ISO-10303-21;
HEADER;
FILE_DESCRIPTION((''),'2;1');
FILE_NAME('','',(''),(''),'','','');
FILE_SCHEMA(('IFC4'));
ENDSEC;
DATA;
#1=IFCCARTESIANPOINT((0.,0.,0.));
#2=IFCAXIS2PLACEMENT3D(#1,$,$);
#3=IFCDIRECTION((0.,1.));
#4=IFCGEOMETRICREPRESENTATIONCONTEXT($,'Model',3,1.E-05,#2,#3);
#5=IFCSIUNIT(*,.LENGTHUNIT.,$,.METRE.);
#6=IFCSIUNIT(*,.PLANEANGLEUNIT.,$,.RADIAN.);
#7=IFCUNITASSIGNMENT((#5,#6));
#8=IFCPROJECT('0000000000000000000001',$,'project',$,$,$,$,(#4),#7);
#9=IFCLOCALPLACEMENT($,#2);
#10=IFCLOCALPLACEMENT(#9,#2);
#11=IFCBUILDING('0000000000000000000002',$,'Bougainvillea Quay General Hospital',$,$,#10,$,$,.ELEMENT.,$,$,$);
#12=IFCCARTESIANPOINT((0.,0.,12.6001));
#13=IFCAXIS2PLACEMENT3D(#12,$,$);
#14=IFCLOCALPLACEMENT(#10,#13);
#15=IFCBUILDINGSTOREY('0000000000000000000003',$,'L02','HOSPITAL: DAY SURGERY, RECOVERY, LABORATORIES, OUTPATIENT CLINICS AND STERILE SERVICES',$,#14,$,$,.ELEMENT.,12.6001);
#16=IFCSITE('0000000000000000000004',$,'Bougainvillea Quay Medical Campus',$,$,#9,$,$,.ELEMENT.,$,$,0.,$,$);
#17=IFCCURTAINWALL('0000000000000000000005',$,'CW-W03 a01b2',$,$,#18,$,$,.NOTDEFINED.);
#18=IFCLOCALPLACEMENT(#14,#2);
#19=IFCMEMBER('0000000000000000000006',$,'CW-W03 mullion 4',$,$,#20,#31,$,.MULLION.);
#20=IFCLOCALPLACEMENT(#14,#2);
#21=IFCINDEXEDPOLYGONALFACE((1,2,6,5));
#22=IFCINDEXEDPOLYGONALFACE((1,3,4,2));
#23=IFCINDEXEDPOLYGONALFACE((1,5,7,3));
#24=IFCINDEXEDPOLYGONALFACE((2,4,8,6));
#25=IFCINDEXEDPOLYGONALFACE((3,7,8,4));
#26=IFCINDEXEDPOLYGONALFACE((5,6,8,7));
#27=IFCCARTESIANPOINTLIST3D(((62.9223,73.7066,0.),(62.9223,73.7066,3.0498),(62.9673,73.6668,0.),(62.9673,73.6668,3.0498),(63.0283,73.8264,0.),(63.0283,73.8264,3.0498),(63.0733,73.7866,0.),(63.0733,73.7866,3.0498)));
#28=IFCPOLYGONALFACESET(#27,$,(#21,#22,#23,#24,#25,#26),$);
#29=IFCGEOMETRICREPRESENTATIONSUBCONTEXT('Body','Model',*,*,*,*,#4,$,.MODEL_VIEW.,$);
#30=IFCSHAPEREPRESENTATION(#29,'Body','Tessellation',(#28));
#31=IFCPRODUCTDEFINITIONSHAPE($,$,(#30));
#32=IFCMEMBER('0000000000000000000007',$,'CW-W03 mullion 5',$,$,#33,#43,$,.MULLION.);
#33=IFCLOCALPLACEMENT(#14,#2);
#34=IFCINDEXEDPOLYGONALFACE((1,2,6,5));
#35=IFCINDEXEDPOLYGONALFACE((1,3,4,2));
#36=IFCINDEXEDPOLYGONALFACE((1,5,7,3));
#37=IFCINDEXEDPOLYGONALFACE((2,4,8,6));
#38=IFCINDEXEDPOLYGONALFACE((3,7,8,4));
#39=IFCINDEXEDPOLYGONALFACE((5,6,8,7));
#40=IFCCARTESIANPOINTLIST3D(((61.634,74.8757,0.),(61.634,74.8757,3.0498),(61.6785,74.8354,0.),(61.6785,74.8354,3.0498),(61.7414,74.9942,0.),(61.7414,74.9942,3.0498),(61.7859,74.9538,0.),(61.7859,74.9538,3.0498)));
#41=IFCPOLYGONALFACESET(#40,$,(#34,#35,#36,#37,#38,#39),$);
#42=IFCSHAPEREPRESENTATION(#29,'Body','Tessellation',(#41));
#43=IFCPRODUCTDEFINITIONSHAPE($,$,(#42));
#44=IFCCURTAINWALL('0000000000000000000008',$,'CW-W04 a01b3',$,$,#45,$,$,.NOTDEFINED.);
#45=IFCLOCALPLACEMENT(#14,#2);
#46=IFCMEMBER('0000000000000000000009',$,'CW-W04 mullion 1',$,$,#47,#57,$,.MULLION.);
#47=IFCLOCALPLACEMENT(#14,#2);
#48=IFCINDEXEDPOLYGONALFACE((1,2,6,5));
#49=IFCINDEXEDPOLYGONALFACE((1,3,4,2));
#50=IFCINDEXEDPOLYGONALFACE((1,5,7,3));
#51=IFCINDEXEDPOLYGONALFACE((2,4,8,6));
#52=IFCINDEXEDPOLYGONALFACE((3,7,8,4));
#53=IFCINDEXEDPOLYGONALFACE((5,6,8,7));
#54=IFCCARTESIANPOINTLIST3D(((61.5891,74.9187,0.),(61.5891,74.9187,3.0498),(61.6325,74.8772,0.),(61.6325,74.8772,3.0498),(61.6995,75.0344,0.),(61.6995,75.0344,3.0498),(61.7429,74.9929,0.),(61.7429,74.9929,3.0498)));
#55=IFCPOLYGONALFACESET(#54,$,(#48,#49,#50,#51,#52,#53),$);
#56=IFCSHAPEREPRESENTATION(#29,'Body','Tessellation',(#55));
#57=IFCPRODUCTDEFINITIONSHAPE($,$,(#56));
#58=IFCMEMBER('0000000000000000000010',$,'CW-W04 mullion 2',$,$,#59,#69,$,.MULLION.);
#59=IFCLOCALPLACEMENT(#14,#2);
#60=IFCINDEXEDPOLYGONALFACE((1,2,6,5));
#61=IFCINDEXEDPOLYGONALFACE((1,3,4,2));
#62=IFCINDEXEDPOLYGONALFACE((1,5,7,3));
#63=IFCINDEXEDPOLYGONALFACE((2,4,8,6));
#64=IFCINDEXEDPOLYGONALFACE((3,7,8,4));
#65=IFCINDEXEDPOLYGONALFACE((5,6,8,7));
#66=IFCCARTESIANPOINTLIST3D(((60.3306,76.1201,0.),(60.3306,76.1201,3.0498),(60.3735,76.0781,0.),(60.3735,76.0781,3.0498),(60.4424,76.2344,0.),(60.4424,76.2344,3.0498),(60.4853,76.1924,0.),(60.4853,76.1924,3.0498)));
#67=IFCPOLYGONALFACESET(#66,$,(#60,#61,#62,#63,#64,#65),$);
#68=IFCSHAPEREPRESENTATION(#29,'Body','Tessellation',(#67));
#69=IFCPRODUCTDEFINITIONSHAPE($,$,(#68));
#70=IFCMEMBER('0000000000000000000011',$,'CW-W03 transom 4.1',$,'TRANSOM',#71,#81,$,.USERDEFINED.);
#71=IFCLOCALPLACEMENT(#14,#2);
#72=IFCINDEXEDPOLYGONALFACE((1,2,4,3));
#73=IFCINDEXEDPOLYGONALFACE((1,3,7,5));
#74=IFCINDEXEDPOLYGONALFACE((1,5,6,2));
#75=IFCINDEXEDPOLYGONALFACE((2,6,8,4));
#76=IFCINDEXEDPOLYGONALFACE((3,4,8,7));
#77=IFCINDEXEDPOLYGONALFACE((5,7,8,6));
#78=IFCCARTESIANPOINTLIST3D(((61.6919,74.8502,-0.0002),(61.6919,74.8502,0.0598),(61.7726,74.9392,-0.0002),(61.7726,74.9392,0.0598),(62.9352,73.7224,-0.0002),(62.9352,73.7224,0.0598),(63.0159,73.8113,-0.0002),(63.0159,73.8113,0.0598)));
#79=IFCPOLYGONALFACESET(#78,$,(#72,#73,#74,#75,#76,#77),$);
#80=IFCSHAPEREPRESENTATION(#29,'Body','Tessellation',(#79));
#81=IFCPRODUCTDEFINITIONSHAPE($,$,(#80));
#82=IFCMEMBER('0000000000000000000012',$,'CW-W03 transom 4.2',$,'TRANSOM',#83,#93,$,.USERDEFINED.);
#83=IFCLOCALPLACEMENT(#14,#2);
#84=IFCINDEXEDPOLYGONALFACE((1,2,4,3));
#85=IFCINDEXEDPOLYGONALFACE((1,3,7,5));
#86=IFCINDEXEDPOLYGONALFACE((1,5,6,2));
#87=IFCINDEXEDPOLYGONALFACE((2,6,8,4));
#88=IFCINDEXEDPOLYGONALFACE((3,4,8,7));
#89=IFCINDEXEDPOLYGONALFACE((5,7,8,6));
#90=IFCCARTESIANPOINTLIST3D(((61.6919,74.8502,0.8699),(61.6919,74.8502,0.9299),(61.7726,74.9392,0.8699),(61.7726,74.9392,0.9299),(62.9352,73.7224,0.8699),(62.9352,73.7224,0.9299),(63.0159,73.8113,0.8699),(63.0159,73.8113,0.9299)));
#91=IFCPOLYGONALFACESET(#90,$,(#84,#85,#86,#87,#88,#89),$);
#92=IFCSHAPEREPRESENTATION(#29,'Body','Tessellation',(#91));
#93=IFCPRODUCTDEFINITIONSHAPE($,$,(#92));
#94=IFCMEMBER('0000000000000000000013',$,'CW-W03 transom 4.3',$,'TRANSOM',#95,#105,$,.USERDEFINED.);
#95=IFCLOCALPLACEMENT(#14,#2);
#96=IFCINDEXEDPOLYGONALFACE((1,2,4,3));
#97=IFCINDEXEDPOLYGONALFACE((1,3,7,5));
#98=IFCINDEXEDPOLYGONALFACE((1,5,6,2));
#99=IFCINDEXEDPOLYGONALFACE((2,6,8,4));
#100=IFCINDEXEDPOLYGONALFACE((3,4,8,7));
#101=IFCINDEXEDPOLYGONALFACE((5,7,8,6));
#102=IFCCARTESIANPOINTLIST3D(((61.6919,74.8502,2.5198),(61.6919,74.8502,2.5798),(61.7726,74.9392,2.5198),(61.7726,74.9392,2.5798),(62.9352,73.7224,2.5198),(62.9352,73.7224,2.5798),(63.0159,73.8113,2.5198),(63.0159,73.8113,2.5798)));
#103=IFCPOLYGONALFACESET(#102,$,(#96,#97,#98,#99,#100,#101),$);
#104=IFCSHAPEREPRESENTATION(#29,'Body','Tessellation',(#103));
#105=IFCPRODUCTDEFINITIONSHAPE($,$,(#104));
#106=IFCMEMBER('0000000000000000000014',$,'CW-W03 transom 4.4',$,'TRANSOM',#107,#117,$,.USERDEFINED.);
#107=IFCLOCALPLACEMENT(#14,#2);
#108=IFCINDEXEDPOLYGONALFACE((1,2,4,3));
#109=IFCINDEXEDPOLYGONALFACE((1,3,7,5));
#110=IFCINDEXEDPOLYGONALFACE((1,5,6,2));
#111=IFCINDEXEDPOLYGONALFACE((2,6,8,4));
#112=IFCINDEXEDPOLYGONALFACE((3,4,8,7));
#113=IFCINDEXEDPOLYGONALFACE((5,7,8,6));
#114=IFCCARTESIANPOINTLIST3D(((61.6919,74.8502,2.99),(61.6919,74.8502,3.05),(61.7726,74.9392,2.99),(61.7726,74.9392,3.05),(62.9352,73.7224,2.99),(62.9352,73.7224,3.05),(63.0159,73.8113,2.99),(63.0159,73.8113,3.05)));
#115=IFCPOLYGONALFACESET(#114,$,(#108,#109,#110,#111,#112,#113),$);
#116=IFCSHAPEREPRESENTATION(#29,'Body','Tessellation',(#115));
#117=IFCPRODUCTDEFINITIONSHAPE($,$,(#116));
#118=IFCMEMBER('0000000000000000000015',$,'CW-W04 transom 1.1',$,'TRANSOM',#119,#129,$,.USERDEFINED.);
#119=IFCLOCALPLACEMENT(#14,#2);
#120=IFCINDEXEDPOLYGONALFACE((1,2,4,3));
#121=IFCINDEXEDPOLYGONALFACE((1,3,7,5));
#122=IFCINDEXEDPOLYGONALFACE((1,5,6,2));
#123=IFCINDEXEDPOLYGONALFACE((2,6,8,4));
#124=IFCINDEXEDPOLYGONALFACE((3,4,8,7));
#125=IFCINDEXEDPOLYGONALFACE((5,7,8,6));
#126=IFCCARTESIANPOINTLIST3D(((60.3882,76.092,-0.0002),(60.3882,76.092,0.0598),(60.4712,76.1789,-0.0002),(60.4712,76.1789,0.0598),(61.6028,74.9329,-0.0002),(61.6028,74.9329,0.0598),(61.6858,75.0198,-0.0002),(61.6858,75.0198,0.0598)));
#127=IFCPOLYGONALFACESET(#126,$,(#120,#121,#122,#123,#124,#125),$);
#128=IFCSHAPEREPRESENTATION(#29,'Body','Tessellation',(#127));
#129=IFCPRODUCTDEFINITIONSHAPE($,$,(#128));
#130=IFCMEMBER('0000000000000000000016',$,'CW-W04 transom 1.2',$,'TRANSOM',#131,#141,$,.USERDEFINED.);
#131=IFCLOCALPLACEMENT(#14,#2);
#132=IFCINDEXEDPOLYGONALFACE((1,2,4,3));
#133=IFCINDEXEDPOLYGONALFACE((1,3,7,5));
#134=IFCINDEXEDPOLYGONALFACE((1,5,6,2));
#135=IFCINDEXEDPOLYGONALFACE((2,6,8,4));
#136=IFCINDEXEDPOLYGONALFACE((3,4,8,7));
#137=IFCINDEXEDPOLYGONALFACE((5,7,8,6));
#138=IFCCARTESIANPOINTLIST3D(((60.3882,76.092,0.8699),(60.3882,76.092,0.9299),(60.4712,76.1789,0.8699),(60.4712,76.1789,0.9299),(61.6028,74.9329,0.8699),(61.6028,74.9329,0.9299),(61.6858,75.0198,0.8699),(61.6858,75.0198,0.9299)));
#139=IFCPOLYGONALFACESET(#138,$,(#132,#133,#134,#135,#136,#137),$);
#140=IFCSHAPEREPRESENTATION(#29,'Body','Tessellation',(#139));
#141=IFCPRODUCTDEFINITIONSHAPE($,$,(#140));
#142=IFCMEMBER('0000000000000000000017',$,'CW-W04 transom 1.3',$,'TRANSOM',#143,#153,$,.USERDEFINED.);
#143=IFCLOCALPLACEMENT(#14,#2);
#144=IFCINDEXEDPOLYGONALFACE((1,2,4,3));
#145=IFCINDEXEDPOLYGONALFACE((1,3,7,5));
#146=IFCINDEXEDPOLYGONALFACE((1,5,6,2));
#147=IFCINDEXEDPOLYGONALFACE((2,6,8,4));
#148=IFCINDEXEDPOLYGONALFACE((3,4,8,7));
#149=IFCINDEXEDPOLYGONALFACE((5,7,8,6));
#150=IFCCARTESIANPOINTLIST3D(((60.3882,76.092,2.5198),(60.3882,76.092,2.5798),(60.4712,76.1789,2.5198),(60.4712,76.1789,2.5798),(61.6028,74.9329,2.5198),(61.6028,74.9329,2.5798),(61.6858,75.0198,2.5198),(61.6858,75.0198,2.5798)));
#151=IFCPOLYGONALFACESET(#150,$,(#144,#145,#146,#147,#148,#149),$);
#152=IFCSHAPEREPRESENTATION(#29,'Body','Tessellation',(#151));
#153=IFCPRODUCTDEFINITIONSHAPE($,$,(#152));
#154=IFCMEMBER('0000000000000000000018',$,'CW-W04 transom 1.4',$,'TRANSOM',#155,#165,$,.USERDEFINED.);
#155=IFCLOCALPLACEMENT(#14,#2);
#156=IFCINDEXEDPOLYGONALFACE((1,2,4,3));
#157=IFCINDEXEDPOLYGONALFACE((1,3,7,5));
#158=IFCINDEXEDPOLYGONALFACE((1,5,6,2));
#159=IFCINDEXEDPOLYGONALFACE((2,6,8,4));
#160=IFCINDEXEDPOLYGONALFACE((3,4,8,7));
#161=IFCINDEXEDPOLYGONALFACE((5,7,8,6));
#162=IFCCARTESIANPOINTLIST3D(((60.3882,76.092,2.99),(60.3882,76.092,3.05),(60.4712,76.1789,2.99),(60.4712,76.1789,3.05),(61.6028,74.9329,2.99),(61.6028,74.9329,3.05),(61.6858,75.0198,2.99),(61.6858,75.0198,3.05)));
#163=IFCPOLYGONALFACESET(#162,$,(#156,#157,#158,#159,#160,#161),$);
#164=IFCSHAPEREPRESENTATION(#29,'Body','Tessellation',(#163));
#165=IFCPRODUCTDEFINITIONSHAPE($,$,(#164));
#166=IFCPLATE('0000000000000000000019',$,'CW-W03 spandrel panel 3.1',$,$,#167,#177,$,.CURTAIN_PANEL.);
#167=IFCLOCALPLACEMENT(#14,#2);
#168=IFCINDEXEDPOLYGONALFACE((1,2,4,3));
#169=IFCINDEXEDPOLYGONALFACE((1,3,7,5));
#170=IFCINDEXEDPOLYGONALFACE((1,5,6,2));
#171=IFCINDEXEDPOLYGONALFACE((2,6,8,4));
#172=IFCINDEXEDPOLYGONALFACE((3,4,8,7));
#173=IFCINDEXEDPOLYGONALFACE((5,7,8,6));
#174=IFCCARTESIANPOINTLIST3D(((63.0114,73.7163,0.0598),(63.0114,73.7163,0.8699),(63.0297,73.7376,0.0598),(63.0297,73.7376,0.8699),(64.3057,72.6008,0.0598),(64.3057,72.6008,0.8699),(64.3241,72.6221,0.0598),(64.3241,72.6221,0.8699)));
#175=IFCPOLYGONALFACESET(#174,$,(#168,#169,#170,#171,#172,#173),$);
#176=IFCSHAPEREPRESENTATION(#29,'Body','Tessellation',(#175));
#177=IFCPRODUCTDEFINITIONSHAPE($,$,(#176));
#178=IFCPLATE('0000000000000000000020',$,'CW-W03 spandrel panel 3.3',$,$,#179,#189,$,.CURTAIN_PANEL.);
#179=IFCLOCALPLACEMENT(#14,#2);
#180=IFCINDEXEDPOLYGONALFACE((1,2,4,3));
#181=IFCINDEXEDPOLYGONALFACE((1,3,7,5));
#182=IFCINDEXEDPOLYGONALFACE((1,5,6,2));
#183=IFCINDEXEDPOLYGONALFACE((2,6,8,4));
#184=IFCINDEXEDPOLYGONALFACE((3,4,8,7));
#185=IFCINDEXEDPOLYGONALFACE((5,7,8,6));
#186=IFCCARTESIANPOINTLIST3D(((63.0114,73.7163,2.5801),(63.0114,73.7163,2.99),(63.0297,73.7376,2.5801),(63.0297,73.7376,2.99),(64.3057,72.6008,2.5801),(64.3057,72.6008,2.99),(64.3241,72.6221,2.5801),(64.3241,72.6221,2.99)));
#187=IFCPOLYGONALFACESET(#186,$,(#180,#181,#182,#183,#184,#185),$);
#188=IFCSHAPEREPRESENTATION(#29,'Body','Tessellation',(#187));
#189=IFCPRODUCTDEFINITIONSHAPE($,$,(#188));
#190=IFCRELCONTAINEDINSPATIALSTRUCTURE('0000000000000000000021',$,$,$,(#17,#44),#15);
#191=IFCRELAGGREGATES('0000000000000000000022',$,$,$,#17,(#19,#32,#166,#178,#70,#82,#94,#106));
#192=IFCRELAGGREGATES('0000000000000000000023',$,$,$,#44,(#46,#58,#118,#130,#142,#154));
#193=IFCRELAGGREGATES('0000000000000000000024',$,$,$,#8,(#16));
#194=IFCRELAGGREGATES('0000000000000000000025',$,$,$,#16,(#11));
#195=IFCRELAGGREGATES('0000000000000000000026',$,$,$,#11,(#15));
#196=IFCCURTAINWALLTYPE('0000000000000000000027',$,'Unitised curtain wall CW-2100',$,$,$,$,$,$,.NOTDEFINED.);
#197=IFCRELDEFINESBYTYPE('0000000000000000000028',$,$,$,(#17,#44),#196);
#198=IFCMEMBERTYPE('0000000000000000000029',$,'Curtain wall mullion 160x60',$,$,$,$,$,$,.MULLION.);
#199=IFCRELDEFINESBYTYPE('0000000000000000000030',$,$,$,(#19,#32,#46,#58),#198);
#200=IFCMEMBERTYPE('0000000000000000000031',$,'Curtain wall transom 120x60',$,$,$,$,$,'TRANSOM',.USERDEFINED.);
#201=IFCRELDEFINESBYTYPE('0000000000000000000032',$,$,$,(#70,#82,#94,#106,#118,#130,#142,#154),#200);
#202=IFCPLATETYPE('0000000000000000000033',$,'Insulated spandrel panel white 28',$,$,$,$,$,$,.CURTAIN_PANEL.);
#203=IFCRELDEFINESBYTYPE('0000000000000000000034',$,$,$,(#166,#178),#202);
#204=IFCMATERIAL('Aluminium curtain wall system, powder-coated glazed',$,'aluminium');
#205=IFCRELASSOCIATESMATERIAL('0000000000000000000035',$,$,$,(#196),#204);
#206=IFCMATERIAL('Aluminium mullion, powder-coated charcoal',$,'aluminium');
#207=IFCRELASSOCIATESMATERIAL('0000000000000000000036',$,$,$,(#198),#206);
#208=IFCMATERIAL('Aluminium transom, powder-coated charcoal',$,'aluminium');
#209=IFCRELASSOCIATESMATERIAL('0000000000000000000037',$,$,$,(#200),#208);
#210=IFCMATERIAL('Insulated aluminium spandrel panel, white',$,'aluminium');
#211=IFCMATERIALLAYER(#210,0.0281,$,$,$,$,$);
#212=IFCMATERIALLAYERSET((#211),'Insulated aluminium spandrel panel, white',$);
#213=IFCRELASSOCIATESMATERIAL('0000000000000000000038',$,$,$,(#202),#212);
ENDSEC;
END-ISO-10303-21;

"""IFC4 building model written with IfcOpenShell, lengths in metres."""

from ifc_helpers import new_model, si_unit, direction, frame, origin, origin_2d, place, context, subcontext, project, spatial, rectangle, extrude, material, layer, layer_set, material_profile, profile_set, type_object, element, aggregate, save


model = new_model("IFC4")

# Units and contexts
model_context = context("Model", 3, precision=1e-05, world=origin(), true_north=direction((0.0, 1.0)))
body_context = subcontext(model_context, "Body", "Model", "MODEL_VIEW")
ifc_project = project(units=[si_unit("LENGTHUNIT", "METRE"), si_unit("PLANEANGLEUNIT", "RADIAN")], contexts=[model_context])

# Site, building, storey
site_placement = place(None, origin())
site = spatial("IfcSite", under=ifc_project, at=site_placement, Name="Bougainvillea Quay Medical Campus", CompositionType="ELEMENT", RefElevation=0.0)
building_placement = place(site_placement, origin())
building = spatial("IfcBuilding", under=site, at=building_placement, Name="Bougainvillea Quay General Hospital", CompositionType="ELEMENT")
storey_placement = place(building_placement, frame((0.0, 0.0, 12.6001)))
storey = spatial("IfcBuildingStorey", under=building, at=storey_placement, Name="L02", Description="HOSPITAL: DAY SURGERY, RECOVERY, LABORATORIES, OUTPATIENT CLINICS AND STERILE SERVICES", CompositionType="ELEMENT", Elevation=12.6001)

# Curtain walls, members
ifc_material_1 = material(Name="Aluminium curtain wall system, powder-coated glazed", Category="aluminium")
curtain_wall_type = type_object("IfcCurtainWallType", Name="Unitised curtain wall CW-2100", PredefinedType="NOTDEFINED", material=ifc_material_1)
curtain_wall_1_placement = place(storey_placement, origin())
curtain_wall_1 = element("IfcCurtainWall", 1, at=curtain_wall_1_placement, inside=storey, type_object=curtain_wall_type, Name="CW-W03 a01b2", PredefinedType="NOTDEFINED")
ifc_material_2 = material(Name="Aluminium mullion, powder-coated charcoal", Category="aluminium")
ifc_material_profile_1 = material_profile(ifc_material_2, rectangle(XDim=0.1599, YDim=0.0601, at=origin_2d()))
ifc_profile_set_1 = profile_set([ifc_material_profile_1], Name="Aluminium mullion, powder-coated charcoal")
member_type_1 = type_object("IfcMemberType", Name="Curtain wall mullion 160x60", PredefinedType="MULLION", material=ifc_profile_set_1)
member_1_placement = place(storey_placement, frame((62.9978, 73.7466, 0.0), z_axis=(0.0, 0.0, 1.0), x_axis=(-0.662398, -0.749152, 0.0)))
member_1 = element("IfcMember", 2, at=member_1_placement, type_object=member_type_1, Name="CW-W03 mullion 4", PredefinedType="MULLION", context=body_context, shape_type="SweptSolid", body=[
    extrude(rectangle(XDim=0.1599, YDim=0.0601, at=origin_2d()), origin(), (0.0, 0.0, 1.0), 3.0498),
])
member_2_placement = place(storey_placement, frame((61.71, 74.9148, 0.0), z_axis=(0.0, 0.0, 1.0), x_axis=(-0.671843, -0.740693, 0.0)))
member_2 = element("IfcMember", 3, at=member_2_placement, type_object=member_type_1, Name="CW-W03 mullion 5", PredefinedType="MULLION", context=body_context, shape_type="SweptSolid", body=[
    extrude(rectangle(XDim=0.1599, YDim=0.0601, at=origin_2d()), origin(), (0.0, 0.0, 1.0), 3.0498),
])
curtain_wall_2_placement = place(storey_placement, origin())
curtain_wall_2 = element("IfcCurtainWall", 4, at=curtain_wall_2_placement, inside=storey, type_object=curtain_wall_type, Name="CW-W04 a01b3", PredefinedType="NOTDEFINED")
member_3_placement = place(storey_placement, frame((61.666, 74.9558, 0.0), z_axis=(0.0, 0.0, 1.0), x_axis=(-0.690409, -0.723419, 0.0)))
member_3 = element("IfcMember", 5, at=member_3_placement, type_object=member_type_1, Name="CW-W04 mullion 1", PredefinedType="MULLION", context=body_context, shape_type="SweptSolid", body=[
    extrude(rectangle(XDim=0.1599, YDim=0.0601, at=origin_2d()), origin(), (0.0, 0.0, 1.0), 3.0498),
])
member_4_placement = place(storey_placement, frame((60.408, 76.1562, 0.0), z_axis=(0.0, 0.0, 1.0), x_axis=(-0.699526, -0.714607, 0.0)))
member_4 = element("IfcMember", 6, at=member_4_placement, type_object=member_type_1, Name="CW-W04 mullion 2", PredefinedType="MULLION", context=body_context, shape_type="SweptSolid", body=[
    extrude(rectangle(XDim=0.1599, YDim=0.0601, at=origin_2d()), origin(), (0.0, 0.0, 1.0), 3.0498),
])

# Members
ifc_material_3 = material(Name="Aluminium transom, powder-coated charcoal", Category="aluminium")
ifc_material_profile_2 = material_profile(ifc_material_3, rectangle(XDim=0.1201, YDim=0.0601, at=origin_2d()))
ifc_profile_set_2 = profile_set([ifc_material_profile_2], Name="Aluminium transom, powder-coated charcoal")
member_type_2 = type_object("IfcMemberType", Name="Curtain wall transom 120x60", ElementType="TRANSOM", PredefinedType="USERDEFINED", material=ifc_profile_set_2)
member_5_placement = place(storey_placement, frame((62.9756, 73.7668, 0.0298), z_axis=(-0.740663, 0.671876, 0.0), x_axis=(-0.671876, -0.740663, 0.0)))
member_5 = element("IfcMember", 7, at=member_5_placement, type_object=member_type_2, Name="CW-W03 transom 4.1", ObjectType="TRANSOM", PredefinedType="USERDEFINED", context=body_context, shape_type="SweptSolid", body=[
    extrude(rectangle(XDim=0.1201, YDim=0.0601, at=origin_2d()), origin(), (0.0, 0.0, 1.0), 1.6787),
])
member_6_placement = place(storey_placement, frame((62.9756, 73.7668, 0.8999), z_axis=(-0.740663, 0.671876, 0.0), x_axis=(-0.671876, -0.740663, 0.0)))
member_6 = element("IfcMember", 8, at=member_6_placement, type_object=member_type_2, Name="CW-W03 transom 4.2", ObjectType="TRANSOM", PredefinedType="USERDEFINED", context=body_context, shape_type="SweptSolid", body=[
    extrude(rectangle(XDim=0.1201, YDim=0.0601, at=origin_2d()), origin(), (0.0, 0.0, 1.0), 1.6787),
])
member_7_placement = place(storey_placement, frame((62.9756, 73.7668, 2.5498), z_axis=(-0.740663, 0.671876, 0.0), x_axis=(-0.671876, -0.740663, 0.0)))
member_7 = element("IfcMember", 9, at=member_7_placement, type_object=member_type_2, Name="CW-W03 transom 4.3", ObjectType="TRANSOM", PredefinedType="USERDEFINED", context=body_context, shape_type="SweptSolid", body=[
    extrude(rectangle(XDim=0.1201, YDim=0.0601, at=origin_2d()), origin(), (0.0, 0.0, 1.0), 1.6787),
])
member_8_placement = place(storey_placement, frame((62.9756, 73.7668, 3.02), z_axis=(-0.740663, 0.671876, 0.0), x_axis=(-0.671876, -0.740663, 0.0)))
member_8 = element("IfcMember", 10, at=member_8_placement, type_object=member_type_2, Name="CW-W03 transom 4.4", ObjectType="TRANSOM", PredefinedType="USERDEFINED", context=body_context, shape_type="SweptSolid", body=[
    extrude(rectangle(XDim=0.1201, YDim=0.0601, at=origin_2d()), origin(), (0.0, 0.0, 1.0), 1.6787),
])
member_9_placement = place(storey_placement, frame((61.6443, 74.9763, 0.0298), z_axis=(-0.723418, 0.69041, 0.0), x_axis=(-0.69041, -0.723418, 0.0)))
member_9 = element("IfcMember", 11, at=member_9_placement, type_object=member_type_2, Name="CW-W04 transom 1.1", ObjectType="TRANSOM", PredefinedType="USERDEFINED", context=body_context, shape_type="SweptSolid", body=[
    extrude(rectangle(XDim=0.1201, YDim=0.0601, at=origin_2d()), origin(), (0.0, 0.0, 1.0), 1.679),
])
member_10_placement = place(storey_placement, frame((61.6443, 74.9763, 0.8999), z_axis=(-0.723418, 0.69041, 0.0), x_axis=(-0.69041, -0.723418, 0.0)))
member_10 = element("IfcMember", 12, at=member_10_placement, type_object=member_type_2, Name="CW-W04 transom 1.2", ObjectType="TRANSOM", PredefinedType="USERDEFINED", context=body_context, shape_type="SweptSolid", body=[
    extrude(rectangle(XDim=0.1201, YDim=0.0601, at=origin_2d()), origin(), (0.0, 0.0, 1.0), 1.679),
])
member_11_placement = place(storey_placement, frame((61.6443, 74.9763, 2.5498), z_axis=(-0.723418, 0.69041, 0.0), x_axis=(-0.69041, -0.723418, 0.0)))
member_11 = element("IfcMember", 13, at=member_11_placement, type_object=member_type_2, Name="CW-W04 transom 1.3", ObjectType="TRANSOM", PredefinedType="USERDEFINED", context=body_context, shape_type="SweptSolid", body=[
    extrude(rectangle(XDim=0.1201, YDim=0.0601, at=origin_2d()), origin(), (0.0, 0.0, 1.0), 1.679),
])
member_12_placement = place(storey_placement, frame((61.6443, 74.9763, 3.02), z_axis=(-0.723418, 0.69041, 0.0), x_axis=(-0.69041, -0.723418, 0.0)))
member_12 = element("IfcMember", 14, at=member_12_placement, type_object=member_type_2, Name="CW-W04 transom 1.4", ObjectType="TRANSOM", PredefinedType="USERDEFINED", context=body_context, shape_type="SweptSolid", body=[
    extrude(rectangle(XDim=0.1201, YDim=0.0601, at=origin_2d()), origin(), (0.0, 0.0, 1.0), 1.679),
])

# Plates
ifc_material_4 = material(Name="Insulated aluminium spandrel panel, white", Category="aluminium")
ifc_layer_1 = layer(ifc_material_4, 0.0281)
ifc_layer_set_1 = layer_set([ifc_layer_1], Name="Insulated aluminium spandrel panel, white")
plate_type_1 = type_object("IfcPlateType", Name="Insulated spandrel panel white 28", PredefinedType="CURTAIN_PANEL", material=ifc_layer_set_1)
plate_1_placement = place(storey_placement, frame((63.6677, 73.1692, 0.0598), z_axis=(0.0, 0.0, 1.0), x_axis=(-0.757491, 0.652846, 0.0)))
plate_1 = element("IfcPlate", 15, at=plate_1_placement, type_object=plate_type_1, Name="CW-W03 spandrel panel 3.1", PredefinedType="CURTAIN_PANEL", context=body_context, shape_type="SweptSolid", body=[
    extrude(rectangle(XDim=1.7087, YDim=0.0281, at=origin_2d()), origin(), (0.0, 0.0, 1.0), 0.8101),
])
plate_2_placement = place(storey_placement, frame((63.6677, 73.1692, 2.5801), z_axis=(0.0, 0.0, 1.0), x_axis=(-0.757491, 0.652846, 0.0)))
plate_2 = element("IfcPlate", 16, at=plate_2_placement, type_object=plate_type_1, Name="CW-W03 spandrel panel 3.3", PredefinedType="CURTAIN_PANEL", context=body_context, shape_type="SweptSolid", body=[
    extrude(rectangle(XDim=1.7087, YDim=0.0281, at=origin_2d()), origin(), (0.0, 0.0, 1.0), 0.4099),
])
aggregate(curtain_wall_1, [member_1, member_2, plate_1, plate_2, member_5, member_6, member_7, member_8])
aggregate(curtain_wall_2, [member_3, member_4, member_9, member_10, member_11, member_12])

save(model, "model.ifc")
